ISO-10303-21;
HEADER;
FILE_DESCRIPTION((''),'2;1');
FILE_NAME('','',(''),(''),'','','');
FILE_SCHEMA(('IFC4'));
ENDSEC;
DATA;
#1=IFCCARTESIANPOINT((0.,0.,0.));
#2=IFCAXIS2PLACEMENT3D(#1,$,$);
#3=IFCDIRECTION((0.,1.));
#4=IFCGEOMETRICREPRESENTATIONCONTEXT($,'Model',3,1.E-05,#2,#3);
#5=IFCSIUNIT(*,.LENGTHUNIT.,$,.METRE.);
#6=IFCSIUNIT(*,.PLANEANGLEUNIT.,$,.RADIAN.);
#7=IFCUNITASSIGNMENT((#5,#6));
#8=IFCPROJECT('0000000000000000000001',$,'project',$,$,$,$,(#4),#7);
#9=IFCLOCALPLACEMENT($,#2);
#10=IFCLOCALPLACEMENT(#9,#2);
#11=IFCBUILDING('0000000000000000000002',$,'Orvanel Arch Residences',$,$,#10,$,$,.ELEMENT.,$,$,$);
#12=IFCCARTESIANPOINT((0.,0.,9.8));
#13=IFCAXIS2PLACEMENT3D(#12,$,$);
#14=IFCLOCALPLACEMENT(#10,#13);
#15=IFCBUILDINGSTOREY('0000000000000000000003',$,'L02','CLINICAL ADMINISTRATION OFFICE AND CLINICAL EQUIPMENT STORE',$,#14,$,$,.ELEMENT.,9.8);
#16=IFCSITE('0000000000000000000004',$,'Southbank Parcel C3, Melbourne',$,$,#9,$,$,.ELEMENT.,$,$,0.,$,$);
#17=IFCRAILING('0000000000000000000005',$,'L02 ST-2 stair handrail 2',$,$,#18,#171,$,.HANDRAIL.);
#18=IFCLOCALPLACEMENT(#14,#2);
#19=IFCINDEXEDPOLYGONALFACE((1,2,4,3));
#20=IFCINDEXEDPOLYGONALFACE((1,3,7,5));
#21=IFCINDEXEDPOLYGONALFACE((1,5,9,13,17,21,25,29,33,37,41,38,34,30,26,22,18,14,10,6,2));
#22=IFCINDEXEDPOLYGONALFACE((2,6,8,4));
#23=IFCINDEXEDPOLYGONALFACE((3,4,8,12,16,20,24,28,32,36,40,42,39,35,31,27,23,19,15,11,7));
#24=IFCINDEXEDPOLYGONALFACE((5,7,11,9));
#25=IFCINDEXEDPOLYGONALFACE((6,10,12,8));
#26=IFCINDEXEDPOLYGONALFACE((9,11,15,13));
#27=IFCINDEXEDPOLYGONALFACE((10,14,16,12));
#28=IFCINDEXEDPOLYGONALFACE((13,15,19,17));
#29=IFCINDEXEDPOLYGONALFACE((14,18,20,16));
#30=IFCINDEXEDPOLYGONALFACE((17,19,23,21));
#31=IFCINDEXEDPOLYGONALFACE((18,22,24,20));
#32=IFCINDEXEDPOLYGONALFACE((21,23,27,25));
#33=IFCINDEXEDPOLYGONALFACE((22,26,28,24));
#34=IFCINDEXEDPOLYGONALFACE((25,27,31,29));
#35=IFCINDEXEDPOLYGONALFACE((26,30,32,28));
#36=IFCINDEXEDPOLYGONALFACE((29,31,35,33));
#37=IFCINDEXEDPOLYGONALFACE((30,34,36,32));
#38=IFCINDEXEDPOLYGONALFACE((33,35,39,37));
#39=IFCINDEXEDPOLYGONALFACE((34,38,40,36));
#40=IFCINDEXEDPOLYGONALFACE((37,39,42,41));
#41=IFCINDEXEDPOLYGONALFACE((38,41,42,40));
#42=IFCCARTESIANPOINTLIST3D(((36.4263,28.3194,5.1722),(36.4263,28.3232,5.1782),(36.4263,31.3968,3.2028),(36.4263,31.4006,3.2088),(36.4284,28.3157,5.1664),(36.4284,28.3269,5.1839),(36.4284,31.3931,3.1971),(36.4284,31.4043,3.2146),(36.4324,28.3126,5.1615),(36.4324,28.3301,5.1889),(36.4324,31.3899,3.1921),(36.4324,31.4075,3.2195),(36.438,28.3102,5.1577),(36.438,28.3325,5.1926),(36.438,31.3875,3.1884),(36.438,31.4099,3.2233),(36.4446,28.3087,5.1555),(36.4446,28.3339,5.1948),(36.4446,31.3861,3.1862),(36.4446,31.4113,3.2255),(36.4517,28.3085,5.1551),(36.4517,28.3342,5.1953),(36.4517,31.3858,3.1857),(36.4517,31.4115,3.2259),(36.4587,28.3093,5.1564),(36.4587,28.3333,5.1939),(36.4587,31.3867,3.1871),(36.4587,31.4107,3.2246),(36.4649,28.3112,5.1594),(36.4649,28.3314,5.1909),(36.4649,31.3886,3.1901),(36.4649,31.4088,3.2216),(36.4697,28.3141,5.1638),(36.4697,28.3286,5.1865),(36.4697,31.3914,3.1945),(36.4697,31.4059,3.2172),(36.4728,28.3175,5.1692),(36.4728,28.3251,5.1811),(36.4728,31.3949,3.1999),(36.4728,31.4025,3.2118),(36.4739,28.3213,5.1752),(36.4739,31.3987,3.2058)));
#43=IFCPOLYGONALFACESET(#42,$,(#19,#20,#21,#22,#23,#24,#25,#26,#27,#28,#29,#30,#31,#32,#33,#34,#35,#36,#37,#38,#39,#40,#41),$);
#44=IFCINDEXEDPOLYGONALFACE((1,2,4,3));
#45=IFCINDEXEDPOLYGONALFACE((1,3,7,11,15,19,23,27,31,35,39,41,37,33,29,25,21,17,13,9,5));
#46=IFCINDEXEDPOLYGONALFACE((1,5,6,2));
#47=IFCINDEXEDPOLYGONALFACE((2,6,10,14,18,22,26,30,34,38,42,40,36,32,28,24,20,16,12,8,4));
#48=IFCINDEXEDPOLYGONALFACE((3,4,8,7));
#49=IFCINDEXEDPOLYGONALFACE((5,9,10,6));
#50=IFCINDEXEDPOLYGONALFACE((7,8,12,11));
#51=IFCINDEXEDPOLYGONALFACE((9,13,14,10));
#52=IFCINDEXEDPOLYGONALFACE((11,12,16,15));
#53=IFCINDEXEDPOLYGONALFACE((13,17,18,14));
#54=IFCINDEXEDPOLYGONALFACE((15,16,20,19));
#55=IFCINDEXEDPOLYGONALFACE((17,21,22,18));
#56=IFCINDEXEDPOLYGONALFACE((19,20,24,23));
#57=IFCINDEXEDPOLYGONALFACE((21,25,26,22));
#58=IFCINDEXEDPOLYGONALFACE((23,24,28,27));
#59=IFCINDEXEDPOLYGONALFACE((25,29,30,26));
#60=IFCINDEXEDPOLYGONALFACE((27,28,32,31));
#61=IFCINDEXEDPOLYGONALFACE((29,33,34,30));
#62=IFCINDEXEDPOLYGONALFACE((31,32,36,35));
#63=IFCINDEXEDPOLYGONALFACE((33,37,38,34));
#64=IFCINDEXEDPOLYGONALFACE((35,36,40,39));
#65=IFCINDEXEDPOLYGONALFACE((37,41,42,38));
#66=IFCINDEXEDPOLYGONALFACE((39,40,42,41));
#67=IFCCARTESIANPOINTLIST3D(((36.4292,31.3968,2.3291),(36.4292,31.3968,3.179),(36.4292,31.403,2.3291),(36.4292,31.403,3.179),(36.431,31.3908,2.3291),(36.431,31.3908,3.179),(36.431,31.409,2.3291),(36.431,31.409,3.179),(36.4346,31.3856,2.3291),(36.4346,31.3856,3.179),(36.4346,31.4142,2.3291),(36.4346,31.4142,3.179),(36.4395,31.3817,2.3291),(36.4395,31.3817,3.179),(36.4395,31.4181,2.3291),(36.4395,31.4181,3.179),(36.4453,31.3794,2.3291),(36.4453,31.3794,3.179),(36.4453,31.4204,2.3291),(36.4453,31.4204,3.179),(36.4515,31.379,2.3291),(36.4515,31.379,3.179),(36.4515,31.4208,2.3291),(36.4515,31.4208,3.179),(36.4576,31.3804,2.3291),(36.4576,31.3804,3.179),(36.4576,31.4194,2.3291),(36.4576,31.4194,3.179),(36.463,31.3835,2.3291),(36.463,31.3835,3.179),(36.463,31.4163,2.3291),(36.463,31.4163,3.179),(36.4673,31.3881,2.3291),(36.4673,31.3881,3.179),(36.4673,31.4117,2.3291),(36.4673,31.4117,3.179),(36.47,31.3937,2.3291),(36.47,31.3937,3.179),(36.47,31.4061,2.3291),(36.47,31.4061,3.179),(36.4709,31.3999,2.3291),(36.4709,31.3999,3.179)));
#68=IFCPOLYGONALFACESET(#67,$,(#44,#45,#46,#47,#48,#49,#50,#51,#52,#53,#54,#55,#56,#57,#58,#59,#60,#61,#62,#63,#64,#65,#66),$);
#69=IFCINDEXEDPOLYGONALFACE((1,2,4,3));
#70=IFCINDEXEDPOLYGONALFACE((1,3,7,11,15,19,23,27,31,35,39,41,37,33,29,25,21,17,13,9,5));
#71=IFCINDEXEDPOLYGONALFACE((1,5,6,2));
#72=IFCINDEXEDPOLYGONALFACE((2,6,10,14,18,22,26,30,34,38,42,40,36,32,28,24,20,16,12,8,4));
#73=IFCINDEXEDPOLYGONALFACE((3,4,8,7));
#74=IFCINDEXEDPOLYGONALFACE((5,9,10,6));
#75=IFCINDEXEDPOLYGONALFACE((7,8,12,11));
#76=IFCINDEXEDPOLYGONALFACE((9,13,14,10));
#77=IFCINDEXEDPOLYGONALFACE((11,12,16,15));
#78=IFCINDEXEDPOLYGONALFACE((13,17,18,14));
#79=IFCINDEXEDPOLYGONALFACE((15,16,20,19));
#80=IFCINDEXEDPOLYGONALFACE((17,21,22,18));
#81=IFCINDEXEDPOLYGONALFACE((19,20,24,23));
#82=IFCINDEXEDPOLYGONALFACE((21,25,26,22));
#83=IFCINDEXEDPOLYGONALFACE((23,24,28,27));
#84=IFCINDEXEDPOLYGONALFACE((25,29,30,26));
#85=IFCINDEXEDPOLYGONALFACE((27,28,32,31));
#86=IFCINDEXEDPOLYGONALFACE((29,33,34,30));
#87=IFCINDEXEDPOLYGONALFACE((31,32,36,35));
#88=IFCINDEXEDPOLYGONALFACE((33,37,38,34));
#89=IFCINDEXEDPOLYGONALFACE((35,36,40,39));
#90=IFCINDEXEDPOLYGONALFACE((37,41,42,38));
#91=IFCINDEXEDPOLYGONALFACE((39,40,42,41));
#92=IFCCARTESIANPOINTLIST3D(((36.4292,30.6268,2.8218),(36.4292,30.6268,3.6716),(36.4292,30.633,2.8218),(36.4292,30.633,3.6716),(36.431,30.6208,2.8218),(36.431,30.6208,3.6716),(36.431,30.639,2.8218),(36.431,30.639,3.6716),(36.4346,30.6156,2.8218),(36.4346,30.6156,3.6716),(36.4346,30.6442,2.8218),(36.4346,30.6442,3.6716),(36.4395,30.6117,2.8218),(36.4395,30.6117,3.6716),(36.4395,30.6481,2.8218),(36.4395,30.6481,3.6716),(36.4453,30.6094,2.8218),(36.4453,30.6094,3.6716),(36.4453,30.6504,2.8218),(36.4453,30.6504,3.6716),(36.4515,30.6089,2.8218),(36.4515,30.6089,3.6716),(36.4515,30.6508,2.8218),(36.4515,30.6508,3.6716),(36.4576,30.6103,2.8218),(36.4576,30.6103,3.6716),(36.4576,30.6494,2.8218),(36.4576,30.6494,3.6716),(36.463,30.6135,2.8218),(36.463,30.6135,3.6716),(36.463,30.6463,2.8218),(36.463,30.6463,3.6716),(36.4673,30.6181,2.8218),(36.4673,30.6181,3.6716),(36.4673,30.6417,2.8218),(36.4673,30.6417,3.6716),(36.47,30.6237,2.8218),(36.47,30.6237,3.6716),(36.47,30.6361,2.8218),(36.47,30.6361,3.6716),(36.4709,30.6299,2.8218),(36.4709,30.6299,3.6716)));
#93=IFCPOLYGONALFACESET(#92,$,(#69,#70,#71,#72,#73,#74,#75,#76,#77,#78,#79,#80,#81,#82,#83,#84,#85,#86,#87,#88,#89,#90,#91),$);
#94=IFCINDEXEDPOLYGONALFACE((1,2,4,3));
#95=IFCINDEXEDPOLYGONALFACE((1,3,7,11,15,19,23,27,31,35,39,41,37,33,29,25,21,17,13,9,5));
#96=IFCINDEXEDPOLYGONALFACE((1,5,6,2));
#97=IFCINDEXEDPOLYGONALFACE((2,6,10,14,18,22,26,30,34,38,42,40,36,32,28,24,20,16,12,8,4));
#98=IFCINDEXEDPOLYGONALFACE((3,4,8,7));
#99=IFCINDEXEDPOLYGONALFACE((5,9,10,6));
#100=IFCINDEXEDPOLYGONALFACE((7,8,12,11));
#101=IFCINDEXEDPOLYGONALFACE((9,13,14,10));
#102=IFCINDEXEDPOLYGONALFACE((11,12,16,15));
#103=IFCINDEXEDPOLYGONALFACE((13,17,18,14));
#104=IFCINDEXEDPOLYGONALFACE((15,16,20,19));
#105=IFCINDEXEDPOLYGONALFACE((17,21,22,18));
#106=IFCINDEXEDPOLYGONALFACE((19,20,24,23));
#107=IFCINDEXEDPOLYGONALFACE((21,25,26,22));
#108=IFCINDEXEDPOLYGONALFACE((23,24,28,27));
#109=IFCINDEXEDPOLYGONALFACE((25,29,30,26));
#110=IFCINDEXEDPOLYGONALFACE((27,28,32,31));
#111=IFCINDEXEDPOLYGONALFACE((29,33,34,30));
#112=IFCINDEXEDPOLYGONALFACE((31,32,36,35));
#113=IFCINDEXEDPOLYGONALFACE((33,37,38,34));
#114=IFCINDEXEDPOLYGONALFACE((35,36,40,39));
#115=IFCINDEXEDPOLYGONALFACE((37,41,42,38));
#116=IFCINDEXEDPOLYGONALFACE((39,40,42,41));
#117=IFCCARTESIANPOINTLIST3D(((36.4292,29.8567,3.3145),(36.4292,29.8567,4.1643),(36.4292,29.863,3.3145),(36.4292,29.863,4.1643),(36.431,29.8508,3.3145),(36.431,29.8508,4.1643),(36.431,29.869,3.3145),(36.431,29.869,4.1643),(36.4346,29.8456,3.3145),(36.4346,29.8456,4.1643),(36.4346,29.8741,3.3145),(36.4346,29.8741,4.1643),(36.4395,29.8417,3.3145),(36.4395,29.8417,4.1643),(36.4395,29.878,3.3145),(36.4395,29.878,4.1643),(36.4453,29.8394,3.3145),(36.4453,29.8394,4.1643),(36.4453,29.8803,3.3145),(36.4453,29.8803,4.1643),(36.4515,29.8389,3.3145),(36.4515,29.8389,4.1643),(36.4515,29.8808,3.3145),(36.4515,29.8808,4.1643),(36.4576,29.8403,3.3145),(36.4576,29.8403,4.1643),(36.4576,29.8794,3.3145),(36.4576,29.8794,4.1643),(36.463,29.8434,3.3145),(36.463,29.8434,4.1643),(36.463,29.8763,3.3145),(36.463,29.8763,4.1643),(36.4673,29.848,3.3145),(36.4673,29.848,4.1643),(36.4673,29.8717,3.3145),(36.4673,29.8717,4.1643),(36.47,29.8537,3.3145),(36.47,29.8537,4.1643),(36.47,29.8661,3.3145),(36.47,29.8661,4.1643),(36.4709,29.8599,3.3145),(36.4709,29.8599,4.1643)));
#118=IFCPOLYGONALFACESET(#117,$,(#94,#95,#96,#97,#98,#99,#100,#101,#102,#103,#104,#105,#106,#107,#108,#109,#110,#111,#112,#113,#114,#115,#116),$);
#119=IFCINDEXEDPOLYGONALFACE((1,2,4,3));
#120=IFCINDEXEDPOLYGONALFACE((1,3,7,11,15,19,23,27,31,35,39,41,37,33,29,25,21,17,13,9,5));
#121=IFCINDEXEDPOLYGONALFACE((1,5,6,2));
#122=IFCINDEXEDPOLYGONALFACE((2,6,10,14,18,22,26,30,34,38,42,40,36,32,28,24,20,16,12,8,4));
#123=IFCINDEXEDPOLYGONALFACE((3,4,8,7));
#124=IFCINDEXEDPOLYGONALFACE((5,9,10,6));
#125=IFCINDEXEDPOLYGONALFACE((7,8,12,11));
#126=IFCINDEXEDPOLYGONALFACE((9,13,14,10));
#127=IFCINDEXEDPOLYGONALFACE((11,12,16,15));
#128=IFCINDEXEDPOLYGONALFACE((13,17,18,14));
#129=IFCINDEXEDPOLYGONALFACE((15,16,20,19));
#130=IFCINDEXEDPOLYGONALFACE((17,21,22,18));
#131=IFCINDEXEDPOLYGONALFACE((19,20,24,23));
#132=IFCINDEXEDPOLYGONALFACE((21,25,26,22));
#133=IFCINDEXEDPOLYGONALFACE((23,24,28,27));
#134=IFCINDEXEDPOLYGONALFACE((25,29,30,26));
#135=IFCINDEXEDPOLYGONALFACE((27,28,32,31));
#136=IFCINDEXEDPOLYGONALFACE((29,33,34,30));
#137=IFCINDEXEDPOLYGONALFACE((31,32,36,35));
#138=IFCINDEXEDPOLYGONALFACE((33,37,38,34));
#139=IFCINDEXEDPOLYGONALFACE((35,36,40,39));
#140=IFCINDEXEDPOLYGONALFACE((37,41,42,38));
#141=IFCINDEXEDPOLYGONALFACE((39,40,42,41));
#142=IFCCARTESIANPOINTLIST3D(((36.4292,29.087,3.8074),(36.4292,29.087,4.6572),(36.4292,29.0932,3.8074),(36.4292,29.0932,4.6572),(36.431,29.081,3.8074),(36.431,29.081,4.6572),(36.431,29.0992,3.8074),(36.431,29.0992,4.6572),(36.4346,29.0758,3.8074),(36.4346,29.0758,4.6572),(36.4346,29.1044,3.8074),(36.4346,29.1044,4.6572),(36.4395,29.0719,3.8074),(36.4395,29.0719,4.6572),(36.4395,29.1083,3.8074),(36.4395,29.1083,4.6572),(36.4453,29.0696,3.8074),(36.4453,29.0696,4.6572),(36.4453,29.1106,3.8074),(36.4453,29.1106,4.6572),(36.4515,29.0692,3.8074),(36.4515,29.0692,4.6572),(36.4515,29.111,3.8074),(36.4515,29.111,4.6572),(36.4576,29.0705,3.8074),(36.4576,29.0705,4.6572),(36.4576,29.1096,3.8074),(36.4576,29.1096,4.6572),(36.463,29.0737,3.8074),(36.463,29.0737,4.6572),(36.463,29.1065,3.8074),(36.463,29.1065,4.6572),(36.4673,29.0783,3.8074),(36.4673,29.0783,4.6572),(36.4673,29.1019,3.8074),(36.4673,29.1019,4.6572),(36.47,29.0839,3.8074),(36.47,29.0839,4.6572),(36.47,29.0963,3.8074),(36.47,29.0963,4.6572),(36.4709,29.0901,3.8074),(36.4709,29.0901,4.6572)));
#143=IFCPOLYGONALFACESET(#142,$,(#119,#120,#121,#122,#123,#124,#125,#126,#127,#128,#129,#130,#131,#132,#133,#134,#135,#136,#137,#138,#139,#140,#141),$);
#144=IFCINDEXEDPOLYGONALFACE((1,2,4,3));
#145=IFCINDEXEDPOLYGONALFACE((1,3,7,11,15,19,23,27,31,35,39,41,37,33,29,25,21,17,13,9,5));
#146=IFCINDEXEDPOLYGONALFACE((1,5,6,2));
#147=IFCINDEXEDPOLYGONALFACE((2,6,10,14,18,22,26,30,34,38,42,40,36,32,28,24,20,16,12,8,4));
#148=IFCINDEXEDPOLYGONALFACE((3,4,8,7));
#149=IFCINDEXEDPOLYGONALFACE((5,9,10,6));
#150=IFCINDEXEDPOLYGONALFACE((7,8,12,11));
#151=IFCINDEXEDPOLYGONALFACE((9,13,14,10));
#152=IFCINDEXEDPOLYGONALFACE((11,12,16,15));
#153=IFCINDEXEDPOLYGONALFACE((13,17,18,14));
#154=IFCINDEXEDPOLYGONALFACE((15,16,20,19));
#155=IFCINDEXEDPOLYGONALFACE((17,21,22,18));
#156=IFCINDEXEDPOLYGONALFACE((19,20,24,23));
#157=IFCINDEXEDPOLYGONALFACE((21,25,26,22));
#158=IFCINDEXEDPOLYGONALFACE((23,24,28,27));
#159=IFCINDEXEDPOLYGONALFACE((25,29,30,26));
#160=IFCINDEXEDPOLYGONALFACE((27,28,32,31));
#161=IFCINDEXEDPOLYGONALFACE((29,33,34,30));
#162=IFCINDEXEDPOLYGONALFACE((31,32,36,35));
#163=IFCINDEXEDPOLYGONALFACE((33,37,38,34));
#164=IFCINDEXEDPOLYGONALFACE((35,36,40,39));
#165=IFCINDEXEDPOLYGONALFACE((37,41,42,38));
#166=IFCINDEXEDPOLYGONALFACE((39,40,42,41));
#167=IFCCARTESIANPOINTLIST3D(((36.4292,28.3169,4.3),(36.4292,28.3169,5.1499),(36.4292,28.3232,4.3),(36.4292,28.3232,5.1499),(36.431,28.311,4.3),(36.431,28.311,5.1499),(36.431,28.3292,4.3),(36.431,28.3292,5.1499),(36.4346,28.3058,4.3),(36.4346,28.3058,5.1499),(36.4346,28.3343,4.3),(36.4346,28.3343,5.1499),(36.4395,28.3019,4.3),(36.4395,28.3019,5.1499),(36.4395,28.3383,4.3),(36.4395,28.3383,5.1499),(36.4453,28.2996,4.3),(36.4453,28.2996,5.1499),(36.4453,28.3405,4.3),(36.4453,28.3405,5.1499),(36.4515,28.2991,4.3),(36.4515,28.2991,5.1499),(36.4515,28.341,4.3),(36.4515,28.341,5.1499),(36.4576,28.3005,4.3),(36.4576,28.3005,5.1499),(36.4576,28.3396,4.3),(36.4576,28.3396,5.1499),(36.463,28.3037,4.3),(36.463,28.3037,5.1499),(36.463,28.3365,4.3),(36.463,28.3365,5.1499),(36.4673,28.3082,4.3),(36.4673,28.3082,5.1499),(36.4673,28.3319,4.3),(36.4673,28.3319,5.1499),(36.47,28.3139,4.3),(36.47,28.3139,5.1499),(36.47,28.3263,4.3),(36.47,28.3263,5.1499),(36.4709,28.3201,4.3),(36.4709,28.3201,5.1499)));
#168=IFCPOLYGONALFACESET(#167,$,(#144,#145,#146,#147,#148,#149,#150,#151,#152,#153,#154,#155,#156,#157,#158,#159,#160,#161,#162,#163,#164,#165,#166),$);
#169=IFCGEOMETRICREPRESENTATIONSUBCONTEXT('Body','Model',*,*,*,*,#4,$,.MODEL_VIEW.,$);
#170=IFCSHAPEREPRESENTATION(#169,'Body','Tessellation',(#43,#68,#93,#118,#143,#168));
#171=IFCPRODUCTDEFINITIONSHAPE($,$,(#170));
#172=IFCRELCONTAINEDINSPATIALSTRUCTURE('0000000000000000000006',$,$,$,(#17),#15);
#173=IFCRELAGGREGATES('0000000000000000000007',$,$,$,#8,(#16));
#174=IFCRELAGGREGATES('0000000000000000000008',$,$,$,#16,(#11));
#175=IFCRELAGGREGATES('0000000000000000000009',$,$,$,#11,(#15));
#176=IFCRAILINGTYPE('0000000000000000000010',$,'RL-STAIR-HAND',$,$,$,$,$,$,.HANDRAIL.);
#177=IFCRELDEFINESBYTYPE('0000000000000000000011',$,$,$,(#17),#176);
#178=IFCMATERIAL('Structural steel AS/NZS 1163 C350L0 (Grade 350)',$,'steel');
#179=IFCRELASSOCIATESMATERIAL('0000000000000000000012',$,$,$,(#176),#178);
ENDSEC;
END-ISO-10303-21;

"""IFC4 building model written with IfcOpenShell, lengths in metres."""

from ifc_helpers import new_model, si_unit, direction, frame, origin, origin_2d, place, context, subcontext, project, spatial, circle, extrude, material, type_object, element, save


model = new_model("IFC4")

# Units and contexts
model_context = context("Model", 3, precision=1e-05, world=origin(), true_north=direction((0.0, 1.0)))
body_context = subcontext(model_context, "Body", "Model", "MODEL_VIEW")
ifc_project = project(units=[si_unit("LENGTHUNIT", "METRE"), si_unit("PLANEANGLEUNIT", "RADIAN")], contexts=[model_context])

# Site, building, storey
site_placement = place(None, origin())
site = spatial("IfcSite", under=ifc_project, at=site_placement, Name="Southbank Parcel C3, Melbourne", CompositionType="ELEMENT", RefElevation=0.0)
building_placement = place(site_placement, origin())
building = spatial("IfcBuilding", under=site, at=building_placement, Name="Orvanel Arch Residences", CompositionType="ELEMENT")
storey_placement = place(building_placement, frame((0.0, 0.0, 9.8)))
storey = spatial("IfcBuildingStorey", under=building, at=storey_placement, Name="L02", Description="CLINICAL ADMINISTRATION OFFICE AND CLINICAL EQUIPMENT STORE", CompositionType="ELEMENT", Elevation=9.8)

# Railing
ifc_material_1 = material(Name="Structural steel AS/NZS 1163 C350L0 (Grade 350)", Category="steel")
railing_type_1 = type_object("IfcRailingType", Name="RL-STAIR-HAND", PredefinedType="HANDRAIL", material=ifc_material_1)
railing_1_placement = place(storey_placement, frame((36.45, 31.3999, 2.3291)))
element("IfcRailing", 1, at=railing_1_placement, inside=storey, type_object=railing_type_1, Name="L02 ST-2 stair handrail 2", PredefinedType="HANDRAIL", context=body_context, shape_type="SweptSolid", body=[
    extrude(circle(Radius=0.0239, at=origin_2d()), frame((0.0, -0.0012, 0.8767), z_axis=(0.0, -0.84229, 0.539025), x_axis=(1.0, 0.0, 0.0)), (0.0, 0.0, 1.0), 3.6536),
    extrude(circle(Radius=0.021, at=origin_2d()), origin(), (0.0, 0.0, 1.0), 0.8499),
    extrude(circle(Radius=0.021, at=origin_2d()), frame((0.0, -0.77, 0.4927)), (0.0, 0.0, 1.0), 0.8499),
    extrude(circle(Radius=0.021, at=origin_2d()), frame((0.0, -1.54, 0.9854)), (0.0, 0.0, 1.0), 0.8499),
    extrude(circle(Radius=0.021, at=origin_2d()), frame((0.0, -2.3098, 1.4783)), (0.0, 0.0, 1.0), 0.8499),
    extrude(circle(Radius=0.021, at=origin_2d()), frame((0.0, -3.0798, 1.9709)), (0.0, 0.0, 1.0), 0.8499),
])

save(model, "model.ifc")
